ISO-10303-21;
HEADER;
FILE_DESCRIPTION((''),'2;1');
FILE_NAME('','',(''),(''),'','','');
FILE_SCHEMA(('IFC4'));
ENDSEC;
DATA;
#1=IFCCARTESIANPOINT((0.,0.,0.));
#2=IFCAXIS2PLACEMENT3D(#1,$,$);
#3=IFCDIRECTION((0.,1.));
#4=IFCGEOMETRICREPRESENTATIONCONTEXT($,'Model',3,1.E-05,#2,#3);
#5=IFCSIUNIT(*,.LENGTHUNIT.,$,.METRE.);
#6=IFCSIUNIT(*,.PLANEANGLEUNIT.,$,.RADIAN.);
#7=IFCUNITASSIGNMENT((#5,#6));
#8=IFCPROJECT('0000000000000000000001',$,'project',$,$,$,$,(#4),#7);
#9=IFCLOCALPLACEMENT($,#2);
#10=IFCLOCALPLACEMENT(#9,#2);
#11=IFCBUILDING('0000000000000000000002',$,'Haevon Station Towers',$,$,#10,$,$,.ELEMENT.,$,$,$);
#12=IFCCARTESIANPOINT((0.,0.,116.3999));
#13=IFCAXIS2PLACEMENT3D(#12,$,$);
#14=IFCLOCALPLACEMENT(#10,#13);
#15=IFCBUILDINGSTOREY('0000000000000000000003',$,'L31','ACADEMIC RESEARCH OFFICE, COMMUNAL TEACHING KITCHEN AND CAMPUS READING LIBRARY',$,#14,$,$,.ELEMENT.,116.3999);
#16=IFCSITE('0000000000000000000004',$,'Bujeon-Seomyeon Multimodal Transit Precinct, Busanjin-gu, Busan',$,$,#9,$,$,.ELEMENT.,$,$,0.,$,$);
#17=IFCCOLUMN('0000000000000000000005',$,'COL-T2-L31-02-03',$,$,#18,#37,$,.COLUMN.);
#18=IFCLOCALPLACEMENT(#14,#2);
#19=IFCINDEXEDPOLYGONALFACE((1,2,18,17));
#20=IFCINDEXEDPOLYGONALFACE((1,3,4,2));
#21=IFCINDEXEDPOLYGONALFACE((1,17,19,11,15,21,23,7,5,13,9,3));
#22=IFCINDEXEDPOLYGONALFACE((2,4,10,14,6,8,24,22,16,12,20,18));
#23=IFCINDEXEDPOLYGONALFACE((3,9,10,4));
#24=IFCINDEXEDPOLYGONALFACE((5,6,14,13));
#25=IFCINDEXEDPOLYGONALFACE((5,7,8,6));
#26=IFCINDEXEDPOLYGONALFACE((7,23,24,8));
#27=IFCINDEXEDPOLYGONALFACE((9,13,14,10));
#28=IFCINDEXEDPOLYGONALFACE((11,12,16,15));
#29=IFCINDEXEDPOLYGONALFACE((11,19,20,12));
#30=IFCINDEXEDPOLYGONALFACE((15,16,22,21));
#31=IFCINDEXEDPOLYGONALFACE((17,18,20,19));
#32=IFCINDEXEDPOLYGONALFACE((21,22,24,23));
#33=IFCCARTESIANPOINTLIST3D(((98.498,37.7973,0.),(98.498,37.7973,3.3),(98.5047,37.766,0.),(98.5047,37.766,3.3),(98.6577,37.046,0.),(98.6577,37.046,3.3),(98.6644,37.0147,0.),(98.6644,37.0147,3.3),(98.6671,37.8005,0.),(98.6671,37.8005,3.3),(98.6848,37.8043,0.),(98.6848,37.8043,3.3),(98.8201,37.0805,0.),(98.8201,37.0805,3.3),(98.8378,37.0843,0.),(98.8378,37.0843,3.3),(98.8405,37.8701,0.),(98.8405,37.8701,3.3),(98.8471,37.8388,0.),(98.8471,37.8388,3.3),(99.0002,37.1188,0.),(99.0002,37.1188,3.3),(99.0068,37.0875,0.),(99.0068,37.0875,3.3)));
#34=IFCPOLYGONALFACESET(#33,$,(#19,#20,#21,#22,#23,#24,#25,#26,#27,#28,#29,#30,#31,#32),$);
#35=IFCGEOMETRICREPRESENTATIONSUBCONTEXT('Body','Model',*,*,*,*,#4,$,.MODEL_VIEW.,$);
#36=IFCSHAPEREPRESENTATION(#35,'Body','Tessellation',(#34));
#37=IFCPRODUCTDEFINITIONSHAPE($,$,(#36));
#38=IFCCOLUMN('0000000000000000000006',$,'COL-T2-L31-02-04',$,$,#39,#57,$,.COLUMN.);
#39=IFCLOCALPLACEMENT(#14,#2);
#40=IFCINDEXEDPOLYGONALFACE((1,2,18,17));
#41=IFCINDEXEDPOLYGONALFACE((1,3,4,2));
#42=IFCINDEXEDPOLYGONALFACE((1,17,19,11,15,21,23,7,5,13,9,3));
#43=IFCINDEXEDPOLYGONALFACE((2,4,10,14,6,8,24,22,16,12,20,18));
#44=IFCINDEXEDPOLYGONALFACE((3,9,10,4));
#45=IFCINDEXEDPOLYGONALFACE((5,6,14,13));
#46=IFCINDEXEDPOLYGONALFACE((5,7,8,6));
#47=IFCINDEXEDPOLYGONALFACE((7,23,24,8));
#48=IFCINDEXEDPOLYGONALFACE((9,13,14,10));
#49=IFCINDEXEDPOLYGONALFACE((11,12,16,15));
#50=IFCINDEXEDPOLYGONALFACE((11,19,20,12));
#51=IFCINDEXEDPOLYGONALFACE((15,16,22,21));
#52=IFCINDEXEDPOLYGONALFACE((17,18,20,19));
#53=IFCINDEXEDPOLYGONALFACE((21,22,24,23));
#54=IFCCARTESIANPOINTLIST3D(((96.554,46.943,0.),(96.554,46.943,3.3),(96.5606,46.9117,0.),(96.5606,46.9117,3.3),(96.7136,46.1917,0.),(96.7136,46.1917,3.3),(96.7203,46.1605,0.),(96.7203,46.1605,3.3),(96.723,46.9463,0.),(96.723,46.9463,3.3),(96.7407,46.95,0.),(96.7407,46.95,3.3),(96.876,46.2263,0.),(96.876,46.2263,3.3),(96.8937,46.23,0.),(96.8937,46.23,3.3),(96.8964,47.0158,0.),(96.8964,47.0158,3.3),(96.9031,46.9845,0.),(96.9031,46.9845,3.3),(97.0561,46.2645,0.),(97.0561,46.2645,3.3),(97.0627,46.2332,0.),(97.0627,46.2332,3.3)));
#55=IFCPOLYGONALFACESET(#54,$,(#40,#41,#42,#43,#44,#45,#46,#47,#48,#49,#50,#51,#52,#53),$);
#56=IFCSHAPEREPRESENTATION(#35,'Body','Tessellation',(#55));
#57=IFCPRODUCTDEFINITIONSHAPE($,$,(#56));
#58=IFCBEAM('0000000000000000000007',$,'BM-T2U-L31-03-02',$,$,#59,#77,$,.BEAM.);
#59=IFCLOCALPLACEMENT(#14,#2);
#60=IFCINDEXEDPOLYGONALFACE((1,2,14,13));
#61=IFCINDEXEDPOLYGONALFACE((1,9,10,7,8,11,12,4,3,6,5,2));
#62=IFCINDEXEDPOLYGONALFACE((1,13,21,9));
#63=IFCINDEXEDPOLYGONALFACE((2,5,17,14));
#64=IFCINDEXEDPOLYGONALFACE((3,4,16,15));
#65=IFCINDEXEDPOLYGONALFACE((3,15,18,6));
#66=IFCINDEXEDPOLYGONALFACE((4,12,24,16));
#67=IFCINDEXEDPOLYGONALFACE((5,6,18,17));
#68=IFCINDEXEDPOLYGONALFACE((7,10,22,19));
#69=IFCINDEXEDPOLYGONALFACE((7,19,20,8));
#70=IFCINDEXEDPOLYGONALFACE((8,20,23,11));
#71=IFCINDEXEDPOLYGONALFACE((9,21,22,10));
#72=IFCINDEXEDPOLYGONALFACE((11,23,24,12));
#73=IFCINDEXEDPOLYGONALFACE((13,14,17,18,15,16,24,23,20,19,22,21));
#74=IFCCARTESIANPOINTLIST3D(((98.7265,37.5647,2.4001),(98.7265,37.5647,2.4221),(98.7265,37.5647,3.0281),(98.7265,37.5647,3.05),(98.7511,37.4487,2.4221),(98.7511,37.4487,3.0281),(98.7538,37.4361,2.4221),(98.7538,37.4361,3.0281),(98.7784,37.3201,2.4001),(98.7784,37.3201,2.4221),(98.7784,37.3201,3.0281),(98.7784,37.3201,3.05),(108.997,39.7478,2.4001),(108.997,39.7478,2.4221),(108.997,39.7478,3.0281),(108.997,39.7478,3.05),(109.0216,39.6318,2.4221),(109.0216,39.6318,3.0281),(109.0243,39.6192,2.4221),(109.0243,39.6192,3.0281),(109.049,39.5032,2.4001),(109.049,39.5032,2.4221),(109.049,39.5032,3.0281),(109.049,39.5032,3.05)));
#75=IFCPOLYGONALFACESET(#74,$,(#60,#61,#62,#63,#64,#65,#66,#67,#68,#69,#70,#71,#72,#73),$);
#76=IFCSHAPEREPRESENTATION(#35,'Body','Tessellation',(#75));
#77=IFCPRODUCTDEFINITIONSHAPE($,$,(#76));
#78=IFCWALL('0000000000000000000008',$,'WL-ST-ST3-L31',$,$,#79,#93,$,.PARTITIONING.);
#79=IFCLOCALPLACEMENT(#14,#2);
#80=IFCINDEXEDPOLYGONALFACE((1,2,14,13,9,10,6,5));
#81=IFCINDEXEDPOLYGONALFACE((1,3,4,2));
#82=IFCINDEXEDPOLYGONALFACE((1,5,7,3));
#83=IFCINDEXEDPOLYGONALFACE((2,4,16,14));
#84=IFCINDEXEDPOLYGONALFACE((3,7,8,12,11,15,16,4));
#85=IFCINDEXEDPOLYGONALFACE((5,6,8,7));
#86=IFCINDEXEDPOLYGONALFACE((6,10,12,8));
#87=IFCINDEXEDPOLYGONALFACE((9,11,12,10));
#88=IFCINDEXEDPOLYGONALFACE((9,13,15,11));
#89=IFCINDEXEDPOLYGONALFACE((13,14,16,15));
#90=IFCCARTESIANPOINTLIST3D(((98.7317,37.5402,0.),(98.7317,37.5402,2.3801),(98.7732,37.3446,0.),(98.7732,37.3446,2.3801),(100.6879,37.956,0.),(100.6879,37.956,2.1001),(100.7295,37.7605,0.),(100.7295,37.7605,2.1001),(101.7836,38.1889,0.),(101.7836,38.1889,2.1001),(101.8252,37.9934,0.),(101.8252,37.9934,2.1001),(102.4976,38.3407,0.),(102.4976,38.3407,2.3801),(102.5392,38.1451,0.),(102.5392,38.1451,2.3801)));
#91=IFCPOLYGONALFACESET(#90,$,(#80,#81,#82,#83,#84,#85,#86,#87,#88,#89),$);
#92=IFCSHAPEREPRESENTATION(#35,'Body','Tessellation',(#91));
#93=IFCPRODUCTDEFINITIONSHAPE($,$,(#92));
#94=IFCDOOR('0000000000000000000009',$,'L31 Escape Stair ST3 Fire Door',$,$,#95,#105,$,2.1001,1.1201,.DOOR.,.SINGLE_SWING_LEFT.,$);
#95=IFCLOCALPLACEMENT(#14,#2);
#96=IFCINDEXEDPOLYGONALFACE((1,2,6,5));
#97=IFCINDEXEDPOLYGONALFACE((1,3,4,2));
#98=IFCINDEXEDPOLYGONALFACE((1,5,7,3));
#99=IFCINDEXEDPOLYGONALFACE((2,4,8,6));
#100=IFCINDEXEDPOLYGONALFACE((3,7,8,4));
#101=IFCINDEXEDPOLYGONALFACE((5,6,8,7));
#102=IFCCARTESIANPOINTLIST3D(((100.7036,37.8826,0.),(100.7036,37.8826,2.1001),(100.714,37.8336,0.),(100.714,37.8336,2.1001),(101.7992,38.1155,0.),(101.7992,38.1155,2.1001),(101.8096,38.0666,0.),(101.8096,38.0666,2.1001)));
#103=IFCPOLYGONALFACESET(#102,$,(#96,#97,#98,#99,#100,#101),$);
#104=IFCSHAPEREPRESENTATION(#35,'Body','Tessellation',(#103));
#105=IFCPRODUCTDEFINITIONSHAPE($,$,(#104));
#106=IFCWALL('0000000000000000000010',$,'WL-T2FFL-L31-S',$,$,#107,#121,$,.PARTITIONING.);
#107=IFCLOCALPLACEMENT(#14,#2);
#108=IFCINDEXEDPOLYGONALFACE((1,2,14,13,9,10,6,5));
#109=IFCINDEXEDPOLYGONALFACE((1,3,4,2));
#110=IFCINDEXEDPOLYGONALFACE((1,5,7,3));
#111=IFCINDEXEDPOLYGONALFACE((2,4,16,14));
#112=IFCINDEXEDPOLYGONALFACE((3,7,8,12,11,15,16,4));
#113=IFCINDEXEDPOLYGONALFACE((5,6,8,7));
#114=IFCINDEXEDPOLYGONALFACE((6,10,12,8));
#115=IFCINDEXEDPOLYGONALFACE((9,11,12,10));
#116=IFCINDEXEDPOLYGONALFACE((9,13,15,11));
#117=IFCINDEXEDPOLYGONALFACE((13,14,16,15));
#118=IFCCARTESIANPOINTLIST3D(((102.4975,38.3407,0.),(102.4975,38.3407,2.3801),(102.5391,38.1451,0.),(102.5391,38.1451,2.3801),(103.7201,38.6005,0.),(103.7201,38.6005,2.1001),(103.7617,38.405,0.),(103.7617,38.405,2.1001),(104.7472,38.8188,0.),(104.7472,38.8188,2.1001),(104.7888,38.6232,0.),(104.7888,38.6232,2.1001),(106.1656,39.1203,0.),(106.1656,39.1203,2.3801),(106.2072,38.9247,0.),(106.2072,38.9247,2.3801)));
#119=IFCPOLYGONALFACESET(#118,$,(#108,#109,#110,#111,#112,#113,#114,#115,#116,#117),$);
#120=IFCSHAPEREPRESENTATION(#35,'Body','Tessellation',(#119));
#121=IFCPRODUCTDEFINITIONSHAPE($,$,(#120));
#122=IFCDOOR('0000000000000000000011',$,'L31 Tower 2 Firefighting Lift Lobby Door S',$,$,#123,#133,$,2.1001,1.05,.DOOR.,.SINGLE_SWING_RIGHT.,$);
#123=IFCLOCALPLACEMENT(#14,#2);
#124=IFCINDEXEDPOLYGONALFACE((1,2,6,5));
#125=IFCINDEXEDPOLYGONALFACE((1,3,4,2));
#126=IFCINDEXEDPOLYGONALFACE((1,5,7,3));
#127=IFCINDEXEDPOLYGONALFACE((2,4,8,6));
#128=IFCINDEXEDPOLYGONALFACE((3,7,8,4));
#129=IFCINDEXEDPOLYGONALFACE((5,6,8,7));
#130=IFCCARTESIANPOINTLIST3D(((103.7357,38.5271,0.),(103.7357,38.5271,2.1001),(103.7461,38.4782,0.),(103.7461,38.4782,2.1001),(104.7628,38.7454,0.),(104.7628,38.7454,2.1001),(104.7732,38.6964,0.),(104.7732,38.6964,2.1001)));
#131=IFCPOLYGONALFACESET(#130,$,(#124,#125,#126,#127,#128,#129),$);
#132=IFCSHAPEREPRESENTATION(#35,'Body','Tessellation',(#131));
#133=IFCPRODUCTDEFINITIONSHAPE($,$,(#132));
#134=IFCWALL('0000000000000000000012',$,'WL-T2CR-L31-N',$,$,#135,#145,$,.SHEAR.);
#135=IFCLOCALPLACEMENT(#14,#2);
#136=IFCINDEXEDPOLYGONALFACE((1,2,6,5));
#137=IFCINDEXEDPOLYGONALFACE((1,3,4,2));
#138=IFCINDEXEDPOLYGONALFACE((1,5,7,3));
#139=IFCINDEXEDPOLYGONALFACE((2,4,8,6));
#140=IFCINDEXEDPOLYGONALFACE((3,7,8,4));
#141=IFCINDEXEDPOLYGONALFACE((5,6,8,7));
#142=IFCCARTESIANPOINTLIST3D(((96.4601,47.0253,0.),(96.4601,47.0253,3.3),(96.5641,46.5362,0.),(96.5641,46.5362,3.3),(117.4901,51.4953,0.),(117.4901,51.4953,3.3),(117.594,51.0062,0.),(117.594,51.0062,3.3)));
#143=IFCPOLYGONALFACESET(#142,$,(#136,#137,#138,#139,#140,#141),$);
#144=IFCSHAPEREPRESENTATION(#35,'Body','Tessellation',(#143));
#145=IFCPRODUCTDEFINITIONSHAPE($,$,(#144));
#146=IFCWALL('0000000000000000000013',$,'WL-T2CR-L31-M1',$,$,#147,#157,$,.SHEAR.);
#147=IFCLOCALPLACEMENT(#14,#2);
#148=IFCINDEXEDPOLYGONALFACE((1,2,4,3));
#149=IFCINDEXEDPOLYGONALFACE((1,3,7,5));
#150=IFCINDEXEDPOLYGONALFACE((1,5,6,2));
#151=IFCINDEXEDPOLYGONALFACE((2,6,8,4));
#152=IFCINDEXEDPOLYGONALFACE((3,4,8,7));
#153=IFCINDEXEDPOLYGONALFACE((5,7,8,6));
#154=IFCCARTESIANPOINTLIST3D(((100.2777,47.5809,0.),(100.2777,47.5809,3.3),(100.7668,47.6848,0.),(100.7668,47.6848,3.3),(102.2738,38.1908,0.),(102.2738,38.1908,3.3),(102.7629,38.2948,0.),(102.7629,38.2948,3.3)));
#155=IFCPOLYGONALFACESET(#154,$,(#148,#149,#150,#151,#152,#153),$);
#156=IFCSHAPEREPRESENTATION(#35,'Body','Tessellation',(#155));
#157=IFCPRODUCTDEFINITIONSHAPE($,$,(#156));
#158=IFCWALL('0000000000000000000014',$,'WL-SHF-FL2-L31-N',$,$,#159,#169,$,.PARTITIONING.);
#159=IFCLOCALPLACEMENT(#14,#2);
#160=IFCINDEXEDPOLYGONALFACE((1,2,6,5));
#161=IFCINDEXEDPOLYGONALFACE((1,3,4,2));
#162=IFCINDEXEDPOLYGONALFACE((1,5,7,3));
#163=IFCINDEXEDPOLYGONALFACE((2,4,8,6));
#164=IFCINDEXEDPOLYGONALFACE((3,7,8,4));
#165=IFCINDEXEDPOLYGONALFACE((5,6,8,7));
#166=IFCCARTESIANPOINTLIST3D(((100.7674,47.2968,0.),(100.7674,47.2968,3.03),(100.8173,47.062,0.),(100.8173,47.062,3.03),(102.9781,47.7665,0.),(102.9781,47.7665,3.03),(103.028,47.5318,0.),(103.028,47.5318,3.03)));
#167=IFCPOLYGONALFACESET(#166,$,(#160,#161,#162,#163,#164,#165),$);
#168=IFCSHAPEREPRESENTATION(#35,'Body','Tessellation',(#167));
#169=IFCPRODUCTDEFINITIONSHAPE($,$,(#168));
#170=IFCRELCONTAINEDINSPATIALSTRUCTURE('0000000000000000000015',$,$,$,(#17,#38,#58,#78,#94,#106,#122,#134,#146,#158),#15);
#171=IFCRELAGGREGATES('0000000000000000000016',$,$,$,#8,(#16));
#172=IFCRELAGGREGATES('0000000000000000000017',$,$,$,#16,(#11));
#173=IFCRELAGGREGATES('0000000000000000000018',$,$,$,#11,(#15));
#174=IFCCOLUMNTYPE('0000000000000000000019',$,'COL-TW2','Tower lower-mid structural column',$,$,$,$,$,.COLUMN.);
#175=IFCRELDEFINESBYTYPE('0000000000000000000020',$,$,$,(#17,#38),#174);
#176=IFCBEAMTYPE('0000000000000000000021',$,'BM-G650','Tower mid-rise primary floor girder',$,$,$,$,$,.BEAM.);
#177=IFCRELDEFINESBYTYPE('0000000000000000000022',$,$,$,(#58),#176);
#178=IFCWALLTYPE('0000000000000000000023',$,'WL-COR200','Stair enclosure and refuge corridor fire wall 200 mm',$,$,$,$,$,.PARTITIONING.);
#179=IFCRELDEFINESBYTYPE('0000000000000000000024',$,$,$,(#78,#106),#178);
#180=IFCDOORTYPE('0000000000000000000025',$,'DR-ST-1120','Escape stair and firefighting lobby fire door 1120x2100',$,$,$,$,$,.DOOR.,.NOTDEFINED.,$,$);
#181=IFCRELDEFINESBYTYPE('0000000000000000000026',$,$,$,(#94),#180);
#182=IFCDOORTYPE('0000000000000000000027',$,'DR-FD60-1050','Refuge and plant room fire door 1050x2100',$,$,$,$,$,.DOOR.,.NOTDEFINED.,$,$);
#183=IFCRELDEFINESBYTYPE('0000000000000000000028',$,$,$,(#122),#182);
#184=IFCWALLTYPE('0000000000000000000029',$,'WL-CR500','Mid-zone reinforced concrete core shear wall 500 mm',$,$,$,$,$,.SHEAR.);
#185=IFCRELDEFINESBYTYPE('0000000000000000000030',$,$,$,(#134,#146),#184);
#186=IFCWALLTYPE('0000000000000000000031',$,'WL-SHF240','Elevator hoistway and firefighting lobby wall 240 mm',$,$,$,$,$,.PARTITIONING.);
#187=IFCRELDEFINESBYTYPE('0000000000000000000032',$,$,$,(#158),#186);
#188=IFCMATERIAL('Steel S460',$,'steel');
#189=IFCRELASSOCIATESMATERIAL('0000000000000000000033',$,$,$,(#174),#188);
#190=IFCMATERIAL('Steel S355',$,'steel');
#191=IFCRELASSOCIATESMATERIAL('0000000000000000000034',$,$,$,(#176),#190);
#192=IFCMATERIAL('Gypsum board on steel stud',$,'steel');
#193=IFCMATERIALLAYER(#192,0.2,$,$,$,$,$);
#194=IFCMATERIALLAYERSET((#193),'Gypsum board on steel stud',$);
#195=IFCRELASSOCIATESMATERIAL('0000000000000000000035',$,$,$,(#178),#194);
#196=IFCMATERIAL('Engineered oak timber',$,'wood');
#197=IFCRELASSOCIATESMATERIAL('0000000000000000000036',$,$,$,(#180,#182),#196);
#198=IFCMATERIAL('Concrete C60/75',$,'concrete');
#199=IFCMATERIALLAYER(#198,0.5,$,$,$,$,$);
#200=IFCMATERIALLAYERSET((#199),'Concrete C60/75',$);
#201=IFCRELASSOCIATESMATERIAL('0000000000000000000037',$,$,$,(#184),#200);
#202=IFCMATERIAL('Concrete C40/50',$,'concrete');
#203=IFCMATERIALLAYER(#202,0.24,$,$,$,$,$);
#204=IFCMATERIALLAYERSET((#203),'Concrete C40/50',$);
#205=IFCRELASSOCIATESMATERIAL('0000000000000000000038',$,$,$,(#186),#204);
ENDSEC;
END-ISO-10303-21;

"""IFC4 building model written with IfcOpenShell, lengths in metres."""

from ifc_helpers import new_model, si_unit, direction, frame, frame_2d, origin, origin_2d, place, context, subcontext, project, spatial, rectangle, i_section, extrude, material, layer, layer_set, material_profile, profile_set, type_object, element, fill, save


model = new_model("IFC4")

# Units and contexts
model_context = context("Model", 3, precision=1e-05, world=origin(), true_north=direction((0.0, 1.0)))
body_context = subcontext(model_context, "Body", "Model", "MODEL_VIEW")
ifc_project = project(units=[si_unit("LENGTHUNIT", "METRE"), si_unit("PLANEANGLEUNIT", "RADIAN")], contexts=[model_context])

# Site, building, storey
site_placement = place(None, origin())
site = spatial("IfcSite", under=ifc_project, at=site_placement, Name="Bujeon-Seomyeon Multimodal Transit Precinct, Busanjin-gu, Busan", CompositionType="ELEMENT", RefElevation=0.0)
building_placement = place(site_placement, origin())
building = spatial("IfcBuilding", under=site, at=building_placement, Name="Haevon Station Towers", CompositionType="ELEMENT")
storey_placement = place(building_placement, frame((0.0, 0.0, 116.3999)))
storey = spatial("IfcBuildingStorey", under=building, at=storey_placement, Name="L31", Description="ACADEMIC RESEARCH OFFICE, COMMUNAL TEACHING KITCHEN AND CAMPUS READING LIBRARY", CompositionType="ELEMENT", Elevation=116.3999)

# Columns
ifc_material_1 = material(Name="Steel S460", Category="steel")
ifc_material_profile_1 = material_profile(ifc_material_1, i_section(OverallWidth=0.3501, OverallDepth=0.8, WebThickness=0.0181, FlangeThickness=0.032, at=origin_2d()), Name="H-800x350x18x32")
ifc_profile_set_1 = profile_set([ifc_material_profile_1], Name="Steel S460")
column_type = type_object("IfcColumnType", Name="COL-TW2", Description="Tower lower-mid structural column", PredefinedType="COLUMN", material=ifc_profile_set_1)
for number, where, z_axis, x_axis, name in (
    (1, (98.7524, 37.4424, 0.0), (0.0, 0.0, 1.0), (0.978148, 0.207912, 0.0), "COL-T2-L31-02-03"),
    (2, (96.8083, 46.5881, 0.0), (0.0, 0.0, 1.0), (0.978148, 0.207912, 0.0), "COL-T2-L31-02-04"),
):
    element("IfcColumn", number, at=place(storey_placement, frame(where, z_axis=z_axis, x_axis=x_axis)), inside=storey, type_object=column_type, Name=name, PredefinedType="COLUMN", context=body_context, shape_type="SweptSolid", body=[
        extrude(i_section(OverallWidth=0.3501, OverallDepth=0.8, WebThickness=0.0181, FlangeThickness=0.032, at=origin_2d()), origin(), (0.0, 0.0, 1.0), 3.3),
    ])

# Beam
ifc_material_2 = material(Name="Steel S355", Category="steel")
ifc_material_profile_2 = material_profile(ifc_material_2, i_section(OverallWidth=0.25, OverallDepth=0.6499, WebThickness=0.0129, FlangeThickness=0.022, at=origin_2d()), Name="H-650x250x13x22")
ifc_profile_set_2 = profile_set([ifc_material_profile_2], Name="Steel S355")
beam_type = type_object("IfcBeamType", Name="BM-G650", Description="Tower mid-rise primary floor girder", PredefinedType="BEAM", material=ifc_profile_set_2)
beam_placement = place(storey_placement, frame((98.7524, 37.4424, 2.7251), z_axis=(0.978147, 0.207915, 0.0), x_axis=(-0.207915, 0.978147, 0.0)))
element("IfcBeam", 3, at=beam_placement, inside=storey, type_object=beam_type, Name="BM-T2U-L31-03-02", PredefinedType="BEAM", context=body_context, shape_type="SweptSolid", body=[
    extrude(i_section(OverallWidth=0.25, OverallDepth=0.6499, WebThickness=0.0129, FlangeThickness=0.022, at=origin_2d()), origin(), (0.0, 0.0, 1.0), 10.5),
])

# Walls, openings, doors
ifc_material_3 = material(Name="Gypsum board on steel stud", Category="steel")
ifc_layer_1 = layer(ifc_material_3, 0.2)
ifc_layer_set_1 = layer_set([ifc_layer_1], Name="Gypsum board on steel stud")
wall_type_1 = type_object("IfcWallType", Name="WL-COR200", Description="Stair enclosure and refuge corridor fire wall 200 mm", PredefinedType="PARTITIONING", material=ifc_layer_set_1)
wall_1_placement = place(storey_placement, frame((98.7524, 37.4424, 0.0), z_axis=(0.0, 0.0, 1.0), x_axis=(0.978144, 0.207931, 0.0)))
wall_1 = element("IfcWall", 4, at=wall_1_placement, inside=storey, type_object=wall_type_1, Name="WL-ST-ST3-L31", PredefinedType="PARTITIONING", context=body_context, shape_type="SweptSolid", body=[
    extrude(rectangle(XDim=3.8501, YDim=0.2, at=frame_2d((1.925, 0.0))), origin(), (0.0, 0.0, 1.0), 2.3801),
])
opening_1_placement = place(wall_1_placement, frame((2.0, 0.0, 0.0)))
opening_1 = element("IfcOpeningElement", 5, at=opening_1_placement, cuts=wall_1, PredefinedType="OPENING", context=body_context, shape_type="SweptSolid", body=[
    extrude(rectangle(XDim=1.1201, YDim=2.1001, at=frame_2d((0.5601, 1.05))), frame((0.0, 0.1099, 0.0), z_axis=(0.0, -1.0, 0.0), x_axis=(1.0, 0.0, 0.0)), (0.0, 0.0, 1.0), 0.22),
])
ifc_material_4 = material(Name="Engineered oak timber", Category="wood")
door_type_1 = type_object("IfcDoorType", Name="DR-ST-1120", Description="Escape stair and firefighting lobby fire door 1120x2100", OperationType="NOTDEFINED", PredefinedType="DOOR", material=ifc_material_4)
door_1_placement = place(opening_1_placement, origin())
door_1 = element("IfcDoor", 6, at=door_1_placement, inside=storey, type_object=door_type_1, Name="L31 Escape Stair ST3 Fire Door", OperationType="SINGLE_SWING_LEFT", OverallHeight=2.1001, OverallWidth=1.1201, PredefinedType="DOOR", context=body_context, shape_type="SweptSolid", body=[
    extrude(rectangle(XDim=1.1201, YDim=2.1001, at=frame_2d((0.5601, 1.05))), frame((0.0, 0.0249, 0.0), z_axis=(0.0, -1.0, 0.0), x_axis=(1.0, 0.0, 0.0)), (0.0, 0.0, 1.0), 0.05),
])
fill(opening_1, door_1)
wall_2_placement = place(storey_placement, frame((102.5183, 38.2429, 0.0), z_axis=(0.0, 0.0, 1.0), x_axis=(0.978154, 0.207884, 0.0)))
wall_2 = element("IfcWall", 7, at=wall_2_placement, inside=storey, type_object=wall_type_1, Name="WL-T2FFL-L31-S", PredefinedType="PARTITIONING", context=body_context, shape_type="SweptSolid", body=[
    extrude(rectangle(XDim=3.75, YDim=0.2, at=frame_2d((1.875, 0.0))), origin(), (0.0, 0.0, 1.0), 2.3801),
])
opening_2_placement = place(wall_2_placement, frame((1.25, 0.0, 0.0)))
opening_2 = element("IfcOpeningElement", 8, at=opening_2_placement, cuts=wall_2, PredefinedType="OPENING", context=body_context, shape_type="SweptSolid", body=[
    extrude(rectangle(XDim=1.05, YDim=2.1001, at=frame_2d((0.5249, 1.05))), frame((0.0, 0.1099, 0.0), z_axis=(0.0, -1.0, 0.0), x_axis=(1.0, 0.0, 0.0)), (0.0, 0.0, 1.0), 0.22),
])
door_type_2 = type_object("IfcDoorType", Name="DR-FD60-1050", Description="Refuge and plant room fire door 1050x2100", OperationType="NOTDEFINED", PredefinedType="DOOR", material=ifc_material_4)
door_2_placement = place(opening_2_placement, origin())
door_2 = element("IfcDoor", 9, at=door_2_placement, inside=storey, type_object=door_type_2, Name="L31 Tower 2 Firefighting Lift Lobby Door S", OperationType="SINGLE_SWING_RIGHT", OverallHeight=2.1001, OverallWidth=1.05, PredefinedType="DOOR", context=body_context, shape_type="SweptSolid", body=[
    extrude(rectangle(XDim=1.05, YDim=2.1001, at=frame_2d((0.5249, 1.05))), frame((0.0, 0.0249, 0.0), z_axis=(0.0, -1.0, 0.0), x_axis=(1.0, 0.0, 0.0)), (0.0, 0.0, 1.0), 0.05),
])
fill(opening_2, door_2)

# Walls
ifc_material_5 = material(Name="Concrete C60/75", Category="concrete")
ifc_layer_2 = layer(ifc_material_5, 0.5)
ifc_layer_set_2 = layer_set([ifc_layer_2], Name="Concrete C60/75")
wall_type_2 = type_object("IfcWallType", Name="WL-CR500", Description="Mid-zone reinforced concrete core shear wall 500 mm", PredefinedType="SHEAR", material=ifc_layer_set_2)
wall_3_placement = place(storey_placement, frame((96.512, 46.7808, 0.0), z_axis=(0.0, 0.0, 1.0), x_axis=(0.978149, 0.207907, 0.0)))
element("IfcWall", 10, at=wall_3_placement, inside=storey, type_object=wall_type_2, Name="WL-T2CR-L31-N", PredefinedType="SHEAR", context=body_context, shape_type="SweptSolid", body=[
    extrude(rectangle(XDim=21.4998, YDim=0.5, at=frame_2d((10.75, 0.0))), origin(), (0.0, 0.0, 1.0), 3.3),
])
wall_4_placement = place(storey_placement, frame((102.5183, 38.2429, 0.0), z_axis=(0.0, 0.0, 1.0), x_axis=(-0.207927, 0.978144, 0.0)))
element("IfcWall", 11, at=wall_4_placement, inside=storey, type_object=wall_type_2, Name="WL-T2CR-L31-M1", PredefinedType="SHEAR", context=body_context, shape_type="SweptSolid", body=[
    extrude(rectangle(XDim=9.5999, YDim=0.5, at=frame_2d((4.7998, 0.0))), origin(), (0.0, 0.0, 1.0), 3.3),
])

# Shared definitions
ifc_material_6 = material(Name="Concrete C40/50", Category="concrete")
ifc_layer_3 = layer(ifc_material_6, 0.24)
ifc_layer_set_3 = layer_set([ifc_layer_3], Name="Concrete C40/50")
wall_type_3 = type_object("IfcWallType", Name="WL-SHF240", Description="Elevator hoistway and firefighting lobby wall 240 mm", PredefinedType="PARTITIONING", material=ifc_layer_set_3)

# Wall
wall_5_placement = place(storey_placement, frame((100.7925, 47.1794, 0.0), z_axis=(0.0, 0.0, 1.0), x_axis=(0.978163, 0.207839, 0.0)))
element("IfcWall", 12, at=wall_5_placement, inside=storey, type_object=wall_type_3, Name="WL-SHF-FL2-L31-N", PredefinedType="PARTITIONING", context=body_context, shape_type="SweptSolid", body=[
    extrude(rectangle(XDim=2.26, YDim=0.24, at=frame_2d((1.1299, 0.0))), origin(), (0.0, 0.0, 1.0), 3.03),
])

save(model, "model.ifc")
